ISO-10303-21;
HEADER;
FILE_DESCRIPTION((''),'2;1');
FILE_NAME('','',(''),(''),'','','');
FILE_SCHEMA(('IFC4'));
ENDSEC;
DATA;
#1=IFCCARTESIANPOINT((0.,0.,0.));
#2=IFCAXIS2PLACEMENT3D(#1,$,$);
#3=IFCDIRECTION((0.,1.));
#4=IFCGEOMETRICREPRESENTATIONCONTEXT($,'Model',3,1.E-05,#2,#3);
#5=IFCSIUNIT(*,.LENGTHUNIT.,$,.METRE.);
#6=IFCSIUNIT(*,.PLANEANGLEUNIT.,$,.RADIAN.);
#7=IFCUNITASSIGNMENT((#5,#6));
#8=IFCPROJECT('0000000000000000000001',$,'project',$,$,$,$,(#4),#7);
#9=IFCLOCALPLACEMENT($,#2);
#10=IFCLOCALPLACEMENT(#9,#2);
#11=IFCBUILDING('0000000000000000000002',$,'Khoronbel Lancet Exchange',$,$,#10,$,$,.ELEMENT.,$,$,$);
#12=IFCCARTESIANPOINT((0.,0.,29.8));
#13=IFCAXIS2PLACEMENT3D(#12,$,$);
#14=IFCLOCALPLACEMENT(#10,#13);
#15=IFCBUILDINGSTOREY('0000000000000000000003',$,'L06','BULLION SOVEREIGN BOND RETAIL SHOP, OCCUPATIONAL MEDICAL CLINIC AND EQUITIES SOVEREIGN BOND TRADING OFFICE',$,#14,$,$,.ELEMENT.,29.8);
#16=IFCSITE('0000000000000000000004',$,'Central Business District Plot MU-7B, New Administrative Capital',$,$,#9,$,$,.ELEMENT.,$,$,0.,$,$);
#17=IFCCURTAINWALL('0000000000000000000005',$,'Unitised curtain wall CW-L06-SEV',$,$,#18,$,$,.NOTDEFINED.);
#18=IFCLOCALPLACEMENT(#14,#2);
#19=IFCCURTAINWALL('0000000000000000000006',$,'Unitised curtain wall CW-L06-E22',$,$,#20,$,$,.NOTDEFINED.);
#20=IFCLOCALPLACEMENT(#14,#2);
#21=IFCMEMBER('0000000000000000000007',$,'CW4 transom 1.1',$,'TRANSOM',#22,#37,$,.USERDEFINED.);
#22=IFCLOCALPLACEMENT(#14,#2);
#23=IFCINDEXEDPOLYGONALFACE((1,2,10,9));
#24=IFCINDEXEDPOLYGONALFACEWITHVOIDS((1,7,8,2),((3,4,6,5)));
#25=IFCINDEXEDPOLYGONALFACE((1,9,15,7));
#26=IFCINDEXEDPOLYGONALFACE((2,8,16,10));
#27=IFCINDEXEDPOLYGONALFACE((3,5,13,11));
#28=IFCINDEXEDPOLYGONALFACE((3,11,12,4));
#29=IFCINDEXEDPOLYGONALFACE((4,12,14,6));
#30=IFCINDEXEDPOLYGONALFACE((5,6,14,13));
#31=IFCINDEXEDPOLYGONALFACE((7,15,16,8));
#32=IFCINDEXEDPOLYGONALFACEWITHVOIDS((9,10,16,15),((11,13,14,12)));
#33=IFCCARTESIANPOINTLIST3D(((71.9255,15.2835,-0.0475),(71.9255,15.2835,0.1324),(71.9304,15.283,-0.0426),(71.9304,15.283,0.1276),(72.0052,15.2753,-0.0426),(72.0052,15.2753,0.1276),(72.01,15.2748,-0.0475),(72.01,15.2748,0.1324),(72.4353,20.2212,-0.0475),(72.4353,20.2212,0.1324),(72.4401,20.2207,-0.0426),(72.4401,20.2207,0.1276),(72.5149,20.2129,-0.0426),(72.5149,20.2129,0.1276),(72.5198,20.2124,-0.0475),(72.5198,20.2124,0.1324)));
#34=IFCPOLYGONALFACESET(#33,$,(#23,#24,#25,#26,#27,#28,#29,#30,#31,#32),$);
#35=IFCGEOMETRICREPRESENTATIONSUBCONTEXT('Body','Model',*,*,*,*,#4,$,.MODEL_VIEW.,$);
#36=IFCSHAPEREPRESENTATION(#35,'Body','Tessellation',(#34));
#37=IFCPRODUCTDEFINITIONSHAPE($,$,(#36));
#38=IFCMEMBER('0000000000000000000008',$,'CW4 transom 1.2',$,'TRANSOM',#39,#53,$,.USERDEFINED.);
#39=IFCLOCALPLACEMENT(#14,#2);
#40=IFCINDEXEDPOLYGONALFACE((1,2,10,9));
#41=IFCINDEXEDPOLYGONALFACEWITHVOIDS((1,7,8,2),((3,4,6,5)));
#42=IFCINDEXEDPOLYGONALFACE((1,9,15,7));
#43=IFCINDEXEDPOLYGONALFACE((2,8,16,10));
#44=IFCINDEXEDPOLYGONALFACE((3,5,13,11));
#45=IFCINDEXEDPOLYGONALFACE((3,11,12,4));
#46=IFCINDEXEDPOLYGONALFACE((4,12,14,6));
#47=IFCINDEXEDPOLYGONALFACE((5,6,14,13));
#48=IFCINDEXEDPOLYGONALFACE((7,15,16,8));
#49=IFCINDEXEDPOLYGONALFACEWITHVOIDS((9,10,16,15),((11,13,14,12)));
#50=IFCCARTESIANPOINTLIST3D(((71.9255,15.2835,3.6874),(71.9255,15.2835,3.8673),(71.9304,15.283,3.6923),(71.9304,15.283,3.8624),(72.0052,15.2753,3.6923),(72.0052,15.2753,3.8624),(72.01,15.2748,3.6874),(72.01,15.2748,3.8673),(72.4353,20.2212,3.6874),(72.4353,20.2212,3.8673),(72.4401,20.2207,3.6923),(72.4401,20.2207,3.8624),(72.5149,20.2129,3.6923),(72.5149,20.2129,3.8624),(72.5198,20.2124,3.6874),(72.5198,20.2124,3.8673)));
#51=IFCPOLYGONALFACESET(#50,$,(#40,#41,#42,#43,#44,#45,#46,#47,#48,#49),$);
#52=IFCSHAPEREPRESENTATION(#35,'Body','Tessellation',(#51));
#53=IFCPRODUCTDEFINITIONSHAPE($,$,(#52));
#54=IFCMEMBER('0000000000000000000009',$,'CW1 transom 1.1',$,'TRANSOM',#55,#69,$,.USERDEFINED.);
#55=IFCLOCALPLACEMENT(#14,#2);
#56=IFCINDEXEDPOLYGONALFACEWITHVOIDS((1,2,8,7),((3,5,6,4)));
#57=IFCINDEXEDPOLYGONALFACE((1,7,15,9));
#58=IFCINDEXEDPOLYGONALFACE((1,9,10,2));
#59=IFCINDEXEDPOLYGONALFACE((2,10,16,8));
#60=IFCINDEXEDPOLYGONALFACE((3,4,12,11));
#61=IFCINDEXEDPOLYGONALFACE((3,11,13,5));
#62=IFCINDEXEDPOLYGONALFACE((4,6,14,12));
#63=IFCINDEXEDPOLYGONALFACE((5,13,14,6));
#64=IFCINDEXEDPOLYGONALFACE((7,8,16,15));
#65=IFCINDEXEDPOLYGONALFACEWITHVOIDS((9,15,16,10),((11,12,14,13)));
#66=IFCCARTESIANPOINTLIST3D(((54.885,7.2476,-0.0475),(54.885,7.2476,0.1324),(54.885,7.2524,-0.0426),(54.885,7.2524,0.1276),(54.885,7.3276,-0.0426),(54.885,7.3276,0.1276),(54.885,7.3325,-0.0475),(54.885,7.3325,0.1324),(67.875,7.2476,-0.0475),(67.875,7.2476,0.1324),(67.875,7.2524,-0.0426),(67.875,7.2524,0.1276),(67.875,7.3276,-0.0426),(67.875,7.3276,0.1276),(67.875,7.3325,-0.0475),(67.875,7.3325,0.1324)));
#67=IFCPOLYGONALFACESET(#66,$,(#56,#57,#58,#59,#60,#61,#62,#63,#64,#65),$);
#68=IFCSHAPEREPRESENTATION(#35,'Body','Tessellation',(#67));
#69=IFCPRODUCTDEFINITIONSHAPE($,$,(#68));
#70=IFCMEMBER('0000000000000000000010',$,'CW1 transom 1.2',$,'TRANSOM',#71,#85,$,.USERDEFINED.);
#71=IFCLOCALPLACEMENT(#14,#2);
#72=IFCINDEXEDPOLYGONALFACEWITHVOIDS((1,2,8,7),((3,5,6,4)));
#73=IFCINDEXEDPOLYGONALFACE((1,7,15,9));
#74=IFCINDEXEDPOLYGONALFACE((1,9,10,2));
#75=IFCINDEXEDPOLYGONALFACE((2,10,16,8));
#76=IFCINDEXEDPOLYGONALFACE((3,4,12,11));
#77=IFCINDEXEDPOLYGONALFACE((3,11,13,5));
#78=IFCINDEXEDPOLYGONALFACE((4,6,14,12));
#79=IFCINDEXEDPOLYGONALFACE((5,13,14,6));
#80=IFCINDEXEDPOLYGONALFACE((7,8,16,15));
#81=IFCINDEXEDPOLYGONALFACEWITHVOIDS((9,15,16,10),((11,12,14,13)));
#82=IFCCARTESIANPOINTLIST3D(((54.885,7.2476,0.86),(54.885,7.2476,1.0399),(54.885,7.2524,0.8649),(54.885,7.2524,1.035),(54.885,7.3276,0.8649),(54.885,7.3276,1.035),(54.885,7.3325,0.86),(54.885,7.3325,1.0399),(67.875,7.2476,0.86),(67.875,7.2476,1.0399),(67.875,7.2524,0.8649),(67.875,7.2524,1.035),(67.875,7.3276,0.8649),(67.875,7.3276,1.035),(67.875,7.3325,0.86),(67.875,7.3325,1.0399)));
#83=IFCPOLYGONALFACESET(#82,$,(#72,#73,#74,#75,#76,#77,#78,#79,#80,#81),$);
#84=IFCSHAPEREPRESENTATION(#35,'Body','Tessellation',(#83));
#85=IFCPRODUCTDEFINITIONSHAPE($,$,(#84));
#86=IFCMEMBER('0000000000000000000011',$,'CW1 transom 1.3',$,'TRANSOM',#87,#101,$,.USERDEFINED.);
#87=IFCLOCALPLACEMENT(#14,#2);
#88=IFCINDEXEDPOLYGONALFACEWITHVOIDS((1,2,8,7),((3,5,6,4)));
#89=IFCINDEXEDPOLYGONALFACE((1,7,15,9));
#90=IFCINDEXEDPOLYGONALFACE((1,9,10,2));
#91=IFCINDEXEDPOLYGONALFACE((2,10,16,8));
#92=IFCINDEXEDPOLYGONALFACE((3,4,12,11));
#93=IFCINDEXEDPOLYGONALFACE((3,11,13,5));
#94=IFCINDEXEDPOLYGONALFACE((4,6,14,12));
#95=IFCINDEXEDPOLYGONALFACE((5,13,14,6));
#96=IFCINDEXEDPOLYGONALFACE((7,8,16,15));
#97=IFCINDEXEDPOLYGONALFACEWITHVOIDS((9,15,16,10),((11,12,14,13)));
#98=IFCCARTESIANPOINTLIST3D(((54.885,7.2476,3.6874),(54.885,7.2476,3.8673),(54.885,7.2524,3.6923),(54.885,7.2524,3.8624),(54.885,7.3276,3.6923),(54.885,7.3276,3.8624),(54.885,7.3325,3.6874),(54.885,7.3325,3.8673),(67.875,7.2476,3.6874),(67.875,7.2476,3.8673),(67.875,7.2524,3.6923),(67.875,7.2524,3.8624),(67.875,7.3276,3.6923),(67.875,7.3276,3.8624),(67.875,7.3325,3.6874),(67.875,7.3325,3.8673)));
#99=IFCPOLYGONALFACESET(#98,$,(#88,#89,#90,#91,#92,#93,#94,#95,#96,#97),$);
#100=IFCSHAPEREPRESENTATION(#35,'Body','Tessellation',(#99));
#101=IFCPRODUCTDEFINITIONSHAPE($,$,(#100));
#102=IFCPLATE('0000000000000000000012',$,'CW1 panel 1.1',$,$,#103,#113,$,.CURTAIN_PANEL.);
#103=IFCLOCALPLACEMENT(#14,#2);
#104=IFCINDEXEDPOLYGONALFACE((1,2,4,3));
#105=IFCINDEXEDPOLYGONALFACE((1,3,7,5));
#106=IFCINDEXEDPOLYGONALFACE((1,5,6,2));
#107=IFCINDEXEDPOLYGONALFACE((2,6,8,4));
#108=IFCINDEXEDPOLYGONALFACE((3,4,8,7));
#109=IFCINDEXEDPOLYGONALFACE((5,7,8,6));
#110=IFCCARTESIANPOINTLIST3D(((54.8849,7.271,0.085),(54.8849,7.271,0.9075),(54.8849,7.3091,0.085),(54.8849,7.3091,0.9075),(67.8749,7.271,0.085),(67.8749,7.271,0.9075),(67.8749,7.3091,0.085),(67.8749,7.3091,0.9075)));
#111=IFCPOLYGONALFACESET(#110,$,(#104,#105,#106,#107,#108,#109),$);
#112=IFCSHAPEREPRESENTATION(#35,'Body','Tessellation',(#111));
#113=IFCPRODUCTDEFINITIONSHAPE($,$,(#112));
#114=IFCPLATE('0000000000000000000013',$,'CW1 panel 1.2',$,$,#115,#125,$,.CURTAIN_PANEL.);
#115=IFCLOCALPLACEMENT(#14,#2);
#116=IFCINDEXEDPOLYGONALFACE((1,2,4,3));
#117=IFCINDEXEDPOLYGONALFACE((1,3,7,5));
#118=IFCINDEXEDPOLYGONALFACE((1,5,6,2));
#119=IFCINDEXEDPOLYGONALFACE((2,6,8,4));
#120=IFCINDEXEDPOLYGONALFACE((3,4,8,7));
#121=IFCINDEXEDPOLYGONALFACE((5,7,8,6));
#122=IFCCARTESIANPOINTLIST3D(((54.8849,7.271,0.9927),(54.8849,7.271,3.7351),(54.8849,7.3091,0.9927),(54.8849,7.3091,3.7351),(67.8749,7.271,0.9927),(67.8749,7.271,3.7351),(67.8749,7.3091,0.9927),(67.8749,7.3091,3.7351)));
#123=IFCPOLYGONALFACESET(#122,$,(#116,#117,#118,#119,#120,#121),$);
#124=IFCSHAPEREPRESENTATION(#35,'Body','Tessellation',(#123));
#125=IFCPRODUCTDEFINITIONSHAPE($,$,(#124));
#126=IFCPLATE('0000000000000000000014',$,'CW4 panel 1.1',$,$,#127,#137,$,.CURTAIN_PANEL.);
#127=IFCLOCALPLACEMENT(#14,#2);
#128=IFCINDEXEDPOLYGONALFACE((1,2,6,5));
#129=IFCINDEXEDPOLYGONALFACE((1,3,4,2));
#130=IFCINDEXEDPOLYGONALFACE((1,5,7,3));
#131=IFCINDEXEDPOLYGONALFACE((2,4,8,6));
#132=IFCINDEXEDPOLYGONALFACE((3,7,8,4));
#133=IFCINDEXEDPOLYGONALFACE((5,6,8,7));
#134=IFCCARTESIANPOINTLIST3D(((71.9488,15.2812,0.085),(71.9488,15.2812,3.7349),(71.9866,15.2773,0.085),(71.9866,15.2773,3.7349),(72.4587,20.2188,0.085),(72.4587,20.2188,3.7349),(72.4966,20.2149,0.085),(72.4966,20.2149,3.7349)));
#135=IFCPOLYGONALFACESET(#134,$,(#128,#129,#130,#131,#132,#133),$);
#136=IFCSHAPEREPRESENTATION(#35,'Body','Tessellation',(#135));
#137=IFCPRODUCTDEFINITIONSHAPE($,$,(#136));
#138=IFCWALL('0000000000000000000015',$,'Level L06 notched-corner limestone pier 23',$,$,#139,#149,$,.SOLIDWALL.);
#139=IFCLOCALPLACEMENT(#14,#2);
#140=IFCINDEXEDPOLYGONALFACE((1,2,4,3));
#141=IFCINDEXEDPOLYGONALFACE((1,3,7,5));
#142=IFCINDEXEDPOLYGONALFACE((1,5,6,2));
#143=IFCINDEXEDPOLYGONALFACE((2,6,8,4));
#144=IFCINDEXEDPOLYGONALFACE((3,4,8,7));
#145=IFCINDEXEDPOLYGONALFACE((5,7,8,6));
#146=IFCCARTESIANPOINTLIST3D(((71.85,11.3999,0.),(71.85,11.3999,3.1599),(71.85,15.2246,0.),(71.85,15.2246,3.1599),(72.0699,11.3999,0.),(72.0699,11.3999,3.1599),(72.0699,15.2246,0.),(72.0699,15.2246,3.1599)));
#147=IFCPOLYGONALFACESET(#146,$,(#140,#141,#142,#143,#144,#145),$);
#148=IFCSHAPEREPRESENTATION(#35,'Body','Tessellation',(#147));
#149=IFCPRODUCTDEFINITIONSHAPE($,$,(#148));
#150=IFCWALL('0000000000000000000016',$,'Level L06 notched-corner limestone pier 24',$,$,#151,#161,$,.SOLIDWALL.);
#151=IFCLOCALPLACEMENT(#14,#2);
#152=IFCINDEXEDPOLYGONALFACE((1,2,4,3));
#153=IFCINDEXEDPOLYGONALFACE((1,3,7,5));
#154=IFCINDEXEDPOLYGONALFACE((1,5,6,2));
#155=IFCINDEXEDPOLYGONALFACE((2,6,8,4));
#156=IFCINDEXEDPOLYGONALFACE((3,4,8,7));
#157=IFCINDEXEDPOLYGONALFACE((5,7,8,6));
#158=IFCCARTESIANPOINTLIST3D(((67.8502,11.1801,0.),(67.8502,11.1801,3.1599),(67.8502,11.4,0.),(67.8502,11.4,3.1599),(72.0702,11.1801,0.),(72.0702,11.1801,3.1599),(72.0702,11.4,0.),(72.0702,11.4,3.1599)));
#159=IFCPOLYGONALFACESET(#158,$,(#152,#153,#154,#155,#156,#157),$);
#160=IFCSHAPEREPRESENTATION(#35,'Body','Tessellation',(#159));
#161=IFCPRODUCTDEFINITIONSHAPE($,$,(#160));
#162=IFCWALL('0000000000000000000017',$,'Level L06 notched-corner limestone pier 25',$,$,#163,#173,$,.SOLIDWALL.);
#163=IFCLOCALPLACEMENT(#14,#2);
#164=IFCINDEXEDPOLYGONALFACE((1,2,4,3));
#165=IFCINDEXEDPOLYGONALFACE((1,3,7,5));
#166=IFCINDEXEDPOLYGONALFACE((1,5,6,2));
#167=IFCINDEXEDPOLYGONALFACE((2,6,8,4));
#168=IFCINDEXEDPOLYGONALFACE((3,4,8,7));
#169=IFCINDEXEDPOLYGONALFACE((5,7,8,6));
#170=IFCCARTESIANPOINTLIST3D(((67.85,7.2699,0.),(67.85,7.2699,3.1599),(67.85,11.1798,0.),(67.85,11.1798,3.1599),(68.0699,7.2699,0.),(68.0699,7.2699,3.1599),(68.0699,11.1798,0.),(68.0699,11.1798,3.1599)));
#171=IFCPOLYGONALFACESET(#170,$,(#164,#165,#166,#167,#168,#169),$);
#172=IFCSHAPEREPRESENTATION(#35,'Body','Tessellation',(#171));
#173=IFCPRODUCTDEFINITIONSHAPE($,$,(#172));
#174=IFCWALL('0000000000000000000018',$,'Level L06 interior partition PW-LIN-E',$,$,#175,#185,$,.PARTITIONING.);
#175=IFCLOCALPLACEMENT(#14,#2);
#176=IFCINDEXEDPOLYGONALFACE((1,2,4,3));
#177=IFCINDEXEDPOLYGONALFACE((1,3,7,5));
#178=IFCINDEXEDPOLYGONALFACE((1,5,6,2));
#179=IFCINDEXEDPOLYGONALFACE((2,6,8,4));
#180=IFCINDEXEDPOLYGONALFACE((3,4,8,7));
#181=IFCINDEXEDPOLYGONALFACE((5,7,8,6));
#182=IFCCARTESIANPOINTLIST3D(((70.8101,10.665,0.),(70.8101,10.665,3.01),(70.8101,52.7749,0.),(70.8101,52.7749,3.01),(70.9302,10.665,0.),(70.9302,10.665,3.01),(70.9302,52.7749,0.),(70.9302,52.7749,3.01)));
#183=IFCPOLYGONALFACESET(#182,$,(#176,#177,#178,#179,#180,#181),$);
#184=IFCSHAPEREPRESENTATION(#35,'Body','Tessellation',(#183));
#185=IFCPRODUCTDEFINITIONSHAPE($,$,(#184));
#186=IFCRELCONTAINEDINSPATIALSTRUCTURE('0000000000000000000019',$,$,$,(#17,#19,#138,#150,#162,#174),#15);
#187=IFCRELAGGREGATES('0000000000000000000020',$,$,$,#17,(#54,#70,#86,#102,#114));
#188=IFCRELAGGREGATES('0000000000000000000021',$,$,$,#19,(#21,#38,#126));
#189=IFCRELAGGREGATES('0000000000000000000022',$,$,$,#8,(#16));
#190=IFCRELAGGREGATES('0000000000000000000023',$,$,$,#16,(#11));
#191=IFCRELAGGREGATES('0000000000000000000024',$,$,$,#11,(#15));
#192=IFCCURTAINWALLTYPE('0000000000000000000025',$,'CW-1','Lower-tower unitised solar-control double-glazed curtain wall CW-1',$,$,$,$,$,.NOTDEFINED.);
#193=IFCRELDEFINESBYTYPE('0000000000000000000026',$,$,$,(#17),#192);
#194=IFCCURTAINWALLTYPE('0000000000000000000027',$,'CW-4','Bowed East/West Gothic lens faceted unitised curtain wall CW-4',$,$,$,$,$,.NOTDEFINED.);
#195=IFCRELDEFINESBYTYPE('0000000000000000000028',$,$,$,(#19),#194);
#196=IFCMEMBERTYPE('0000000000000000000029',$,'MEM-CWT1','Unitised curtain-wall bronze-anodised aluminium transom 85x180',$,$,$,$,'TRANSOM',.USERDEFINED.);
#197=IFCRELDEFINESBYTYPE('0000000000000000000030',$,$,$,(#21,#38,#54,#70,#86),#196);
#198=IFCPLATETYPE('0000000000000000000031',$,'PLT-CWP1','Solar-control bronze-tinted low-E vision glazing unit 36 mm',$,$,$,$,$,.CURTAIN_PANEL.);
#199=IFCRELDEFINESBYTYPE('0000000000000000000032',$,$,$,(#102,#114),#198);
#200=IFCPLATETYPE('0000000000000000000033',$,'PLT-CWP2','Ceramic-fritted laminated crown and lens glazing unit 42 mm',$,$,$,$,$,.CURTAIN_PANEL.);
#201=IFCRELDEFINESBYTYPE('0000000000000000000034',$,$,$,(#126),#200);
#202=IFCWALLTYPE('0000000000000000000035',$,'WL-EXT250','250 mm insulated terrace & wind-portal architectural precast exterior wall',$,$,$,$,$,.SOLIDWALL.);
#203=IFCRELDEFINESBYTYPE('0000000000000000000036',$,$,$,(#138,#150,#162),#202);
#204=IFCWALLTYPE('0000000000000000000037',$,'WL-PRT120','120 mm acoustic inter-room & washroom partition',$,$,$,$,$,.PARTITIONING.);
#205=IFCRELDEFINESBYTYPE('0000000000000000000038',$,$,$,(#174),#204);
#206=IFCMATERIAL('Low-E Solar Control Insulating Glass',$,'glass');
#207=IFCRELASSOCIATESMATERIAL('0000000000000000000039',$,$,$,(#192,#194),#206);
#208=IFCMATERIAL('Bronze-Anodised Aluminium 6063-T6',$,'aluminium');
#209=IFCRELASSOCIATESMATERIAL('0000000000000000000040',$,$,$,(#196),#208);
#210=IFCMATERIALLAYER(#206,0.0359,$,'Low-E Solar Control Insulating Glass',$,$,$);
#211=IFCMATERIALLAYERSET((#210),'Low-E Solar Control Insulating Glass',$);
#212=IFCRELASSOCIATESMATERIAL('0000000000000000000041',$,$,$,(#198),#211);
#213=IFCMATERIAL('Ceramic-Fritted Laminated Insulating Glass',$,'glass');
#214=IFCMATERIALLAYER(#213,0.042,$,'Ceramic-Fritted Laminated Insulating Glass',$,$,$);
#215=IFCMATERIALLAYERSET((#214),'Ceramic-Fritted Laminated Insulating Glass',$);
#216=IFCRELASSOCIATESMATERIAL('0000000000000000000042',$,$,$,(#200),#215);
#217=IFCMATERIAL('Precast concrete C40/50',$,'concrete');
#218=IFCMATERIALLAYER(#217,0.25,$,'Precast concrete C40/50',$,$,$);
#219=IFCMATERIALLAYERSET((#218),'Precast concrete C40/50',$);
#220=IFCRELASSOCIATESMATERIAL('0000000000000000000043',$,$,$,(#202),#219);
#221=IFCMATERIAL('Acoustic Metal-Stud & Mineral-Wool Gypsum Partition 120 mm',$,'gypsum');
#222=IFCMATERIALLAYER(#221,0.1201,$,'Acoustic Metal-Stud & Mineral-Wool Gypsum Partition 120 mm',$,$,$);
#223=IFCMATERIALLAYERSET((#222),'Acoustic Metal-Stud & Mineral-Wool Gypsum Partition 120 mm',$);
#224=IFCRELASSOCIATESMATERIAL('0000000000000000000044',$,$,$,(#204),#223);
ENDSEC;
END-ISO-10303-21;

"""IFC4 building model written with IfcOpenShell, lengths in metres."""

from ifc_helpers import new_model, si_unit, direction, frame, frame_2d, origin, origin_2d, place, context, subcontext, project, spatial, rectangle, hollow_rectangle, extrude, material, layer, layer_set, material_profile, profile_set, type_object, element, aggregate, save


model = new_model("IFC4")

# Units and contexts
model_context = context("Model", 3, precision=1e-05, world=origin(), true_north=direction((0.0, 1.0)))
body_context = subcontext(model_context, "Body", "Model", "MODEL_VIEW")
ifc_project = project(units=[si_unit("LENGTHUNIT", "METRE"), si_unit("PLANEANGLEUNIT", "RADIAN")], contexts=[model_context])

# Site, building, storey
site_placement = place(None, origin())
site = spatial("IfcSite", under=ifc_project, at=site_placement, Name="Central Business District Plot MU-7B, New Administrative Capital", CompositionType="ELEMENT", RefElevation=0.0)
building_placement = place(site_placement, origin())
building = spatial("IfcBuilding", under=site, at=building_placement, Name="Khoronbel Lancet Exchange", CompositionType="ELEMENT")
storey_placement = place(building_placement, frame((0.0, 0.0, 29.8)))
storey = spatial("IfcBuildingStorey", under=building, at=storey_placement, Name="L06", Description="BULLION SOVEREIGN BOND RETAIL SHOP, OCCUPATIONAL MEDICAL CLINIC AND EQUITIES SOVEREIGN BOND TRADING OFFICE", CompositionType="ELEMENT", Elevation=29.8)

# Curtain wall
ifc_material_1 = material(Name="Low-E Solar Control Insulating Glass", Category="glass")
curtain_wall_type_1 = type_object("IfcCurtainWallType", Name="CW-1", Description="Lower-tower unitised solar-control double-glazed curtain wall CW-1", PredefinedType="NOTDEFINED", material=ifc_material_1)
curtain_wall_1_placement = place(storey_placement, origin())
curtain_wall_1 = element("IfcCurtainWall", 1, at=curtain_wall_1_placement, inside=storey, type_object=curtain_wall_type_1, Name="Unitised curtain wall CW-L06-SEV", PredefinedType="NOTDEFINED")
ifc_material_2 = material(Name="Bronze-Anodised Aluminium 6063-T6", Category="aluminium")

# Shared definitions
curtain_wall_type_2 = type_object("IfcCurtainWallType", Name="CW-4", Description="Bowed East/West Gothic lens faceted unitised curtain wall CW-4", PredefinedType="NOTDEFINED", material=ifc_material_1)

# Curtain wall, members
curtain_wall_2_placement = place(storey_placement, origin())
curtain_wall_2 = element("IfcCurtainWall", 2, at=curtain_wall_2_placement, inside=storey, type_object=curtain_wall_type_2, Name="Unitised curtain wall CW-L06-E22", PredefinedType="NOTDEFINED")
ifc_material_profile_1 = material_profile(ifc_material_2, hollow_rectangle(XDim=0.085, YDim=0.1799, WallThickness=0.0049, at=origin_2d()), Name="ALU TRANSOM 85x180")
ifc_profile_set_1 = profile_set([ifc_material_profile_1], Name="Bronze-Anodised Aluminium 6063-T6")
member_type_1 = type_object("IfcMemberType", Name="MEM-CWT1", Description="Unitised curtain-wall bronze-anodised aluminium transom 85x180", ElementType="TRANSOM", PredefinedType="USERDEFINED", material=ifc_profile_set_1)
member_1_placement = place(storey_placement, frame((72.4775, 20.2168, 0.0425), z_axis=(-0.102698, -0.994713, 0.0), x_axis=(0.994713, -0.102698, 0.0)))
member_1 = element("IfcMember", 3, at=member_1_placement, type_object=member_type_1, Name="CW4 transom 1.1", ObjectType="TRANSOM", PredefinedType="USERDEFINED", context=body_context, shape_type="SweptSolid", body=[
    extrude(hollow_rectangle(XDim=0.085, YDim=0.1799, WallThickness=0.0049, at=origin_2d()), origin(), (0.0, 0.0, 1.0), 4.9639),
])
member_2_placement = place(storey_placement, frame((72.4775, 20.2168, 3.7773), z_axis=(-0.102698, -0.994713, 0.0), x_axis=(0.994713, -0.102698, 0.0)))
member_2 = element("IfcMember", 4, at=member_2_placement, type_object=member_type_1, Name="CW4 transom 1.2", ObjectType="TRANSOM", PredefinedType="USERDEFINED", context=body_context, shape_type="SweptSolid", body=[
    extrude(hollow_rectangle(XDim=0.085, YDim=0.1799, WallThickness=0.0049, at=origin_2d()), origin(), (0.0, 0.0, 1.0), 4.9639),
])

# Members
member_3_placement = place(storey_placement, frame((54.885, 7.29, 0.0425), z_axis=(1.0, 0.0, 0.0), x_axis=(0.0, 1.0, 0.0)))
member_3 = element("IfcMember", 5, at=member_3_placement, type_object=member_type_1, Name="CW1 transom 1.1", ObjectType="TRANSOM", PredefinedType="USERDEFINED", context=body_context, shape_type="SweptSolid", body=[
    extrude(hollow_rectangle(XDim=0.085, YDim=0.1799, WallThickness=0.0049, at=origin_2d()), origin(), (0.0, 0.0, 1.0), 12.99),
])
member_4_placement = place(storey_placement, frame((54.885, 7.29, 0.95), z_axis=(1.0, 0.0, 0.0), x_axis=(0.0, 1.0, 0.0)))
member_4 = element("IfcMember", 6, at=member_4_placement, type_object=member_type_1, Name="CW1 transom 1.2", ObjectType="TRANSOM", PredefinedType="USERDEFINED", context=body_context, shape_type="SweptSolid", body=[
    extrude(hollow_rectangle(XDim=0.085, YDim=0.1799, WallThickness=0.0049, at=origin_2d()), origin(), (0.0, 0.0, 1.0), 12.99),
])
member_5_placement = place(storey_placement, frame((54.885, 7.29, 3.7773), z_axis=(1.0, 0.0, 0.0), x_axis=(0.0, 1.0, 0.0)))
member_5 = element("IfcMember", 7, at=member_5_placement, type_object=member_type_1, Name="CW1 transom 1.3", ObjectType="TRANSOM", PredefinedType="USERDEFINED", context=body_context, shape_type="SweptSolid", body=[
    extrude(hollow_rectangle(XDim=0.085, YDim=0.1799, WallThickness=0.0049, at=origin_2d()), origin(), (0.0, 0.0, 1.0), 12.99),
])

# Plates
ifc_layer_1 = layer(ifc_material_1, 0.0359, Name="Low-E Solar Control Insulating Glass")
ifc_layer_set_1 = layer_set([ifc_layer_1], Name="Low-E Solar Control Insulating Glass")
plate_type_1 = type_object("IfcPlateType", Name="PLT-CWP1", Description="Solar-control bronze-tinted low-E vision glazing unit 36 mm", PredefinedType="CURTAIN_PANEL", material=ifc_layer_set_1)
plate_1_placement = place(storey_placement, frame((61.3799, 7.29, 0.085), z_axis=(0.0, 0.0, 1.0), x_axis=(1.0, 0.0, 0.0)))
plate_1 = element("IfcPlate", 8, at=plate_1_placement, type_object=plate_type_1, Name="CW1 panel 1.1", PredefinedType="CURTAIN_PANEL", context=body_context, shape_type="SweptSolid", body=[
    extrude(rectangle(XDim=12.99, YDim=0.0381, at=origin_2d()), origin(), (0.0, 0.0, 1.0), 0.8225),
])
plate_2_placement = place(storey_placement, frame((61.3799, 7.29, 0.9927), z_axis=(0.0, 0.0, 1.0), x_axis=(1.0, 0.0, 0.0)))
plate_2 = element("IfcPlate", 9, at=plate_2_placement, type_object=plate_type_1, Name="CW1 panel 1.2", PredefinedType="CURTAIN_PANEL", context=body_context, shape_type="SweptSolid", body=[
    extrude(rectangle(XDim=12.99, YDim=0.0381, at=origin_2d()), origin(), (0.0, 0.0, 1.0), 2.7424),
])
aggregate(curtain_wall_1, [member_3, member_4, member_5, plate_1, plate_2])
ifc_material_3 = material(Name="Ceramic-Fritted Laminated Insulating Glass", Category="glass")
ifc_layer_2 = layer(ifc_material_3, 0.042, Name="Ceramic-Fritted Laminated Insulating Glass")
ifc_layer_set_2 = layer_set([ifc_layer_2], Name="Ceramic-Fritted Laminated Insulating Glass")
plate_type_2 = type_object("IfcPlateType", Name="PLT-CWP2", Description="Ceramic-fritted laminated crown and lens glazing unit 42 mm", PredefinedType="CURTAIN_PANEL", material=ifc_layer_set_2)
plate_3_placement = place(storey_placement, frame((72.2227, 17.748, 0.085), z_axis=(0.0, 0.0, 1.0), x_axis=(-0.102723, -0.99471, 0.0)))
plate_3 = element("IfcPlate", 10, at=plate_3_placement, type_object=plate_type_2, Name="CW4 panel 1.1", PredefinedType="CURTAIN_PANEL", context=body_context, shape_type="SweptSolid", body=[
    extrude(rectangle(XDim=4.9639, YDim=0.0381, at=origin_2d()), origin(), (0.0, 0.0, 1.0), 3.6499),
])
aggregate(curtain_wall_2, [member_1, member_2, plate_3])

# Walls
ifc_material_4 = material(Name="Precast concrete C40/50", Category="concrete")
ifc_layer_3 = layer(ifc_material_4, 0.25, Name="Precast concrete C40/50")
ifc_layer_set_3 = layer_set([ifc_layer_3], Name="Precast concrete C40/50")
wall_type_1 = type_object("IfcWallType", Name="WL-EXT250", Description="250 mm insulated terrace & wind-portal architectural precast exterior wall", PredefinedType="SOLIDWALL", material=ifc_layer_set_3)
wall_1_placement = place(storey_placement, frame((71.96, 15.2246, 0.0), z_axis=(0.0, 0.0, 1.0), x_axis=(0.0, -1.0, 0.0)))
element("IfcWall", 11, at=wall_1_placement, inside=storey, type_object=wall_type_1, Name="Level L06 notched-corner limestone pier 23", PredefinedType="SOLIDWALL", context=body_context, shape_type="SweptSolid", body=[
    extrude(rectangle(XDim=3.8247, YDim=0.22, at=frame_2d((1.9124, 0.0))), origin(), (0.0, 0.0, 1.0), 3.1599),
])
wall_2_placement = place(storey_placement, frame((72.0701, 11.29, 0.0), z_axis=(0.0, 0.0, 1.0), x_axis=(-1.0, 0.0, 0.0)))
element("IfcWall", 12, at=wall_2_placement, inside=storey, type_object=wall_type_1, Name="Level L06 notched-corner limestone pier 24", PredefinedType="SOLIDWALL", context=body_context, shape_type="SweptSolid", body=[
    extrude(rectangle(XDim=4.22, YDim=0.22, at=frame_2d((2.1099, 0.0))), origin(), (0.0, 0.0, 1.0), 3.1599),
])
wall_3_placement = place(storey_placement, frame((67.96, 11.1799, 0.0), z_axis=(0.0, 0.0, 1.0), x_axis=(0.0, -1.0, 0.0)))
element("IfcWall", 13, at=wall_3_placement, inside=storey, type_object=wall_type_1, Name="Level L06 notched-corner limestone pier 25", PredefinedType="SOLIDWALL", context=body_context, shape_type="SweptSolid", body=[
    extrude(rectangle(XDim=3.9099, YDim=0.22, at=frame_2d((1.9551, 0.0))), origin(), (0.0, 0.0, 1.0), 3.1599),
])
ifc_material_5 = material(Name="Acoustic Metal-Stud & Mineral-Wool Gypsum Partition 120 mm", Category="gypsum")
ifc_layer_4 = layer(ifc_material_5, 0.1201, Name="Acoustic Metal-Stud & Mineral-Wool Gypsum Partition 120 mm")
ifc_layer_set_4 = layer_set([ifc_layer_4], Name="Acoustic Metal-Stud & Mineral-Wool Gypsum Partition 120 mm")
wall_type_2 = type_object("IfcWallType", Name="WL-PRT120", Description="120 mm acoustic inter-room & washroom partition", PredefinedType="PARTITIONING", material=ifc_layer_set_4)
wall_4_placement = place(storey_placement, frame((70.8701, 10.665, 0.0), z_axis=(0.0, 0.0, 1.0), x_axis=(0.0, 1.0, 0.0)))
element("IfcWall", 14, at=wall_4_placement, inside=storey, type_object=wall_type_2, Name="Level L06 interior partition PW-LIN-E", PredefinedType="PARTITIONING", context=body_context, shape_type="SweptSolid", body=[
    extrude(rectangle(XDim=42.1099, YDim=0.1201, at=frame_2d((21.0549, 0.0))), origin(), (0.0, 0.0, 1.0), 3.01),
])

save(model, "model.ifc")
